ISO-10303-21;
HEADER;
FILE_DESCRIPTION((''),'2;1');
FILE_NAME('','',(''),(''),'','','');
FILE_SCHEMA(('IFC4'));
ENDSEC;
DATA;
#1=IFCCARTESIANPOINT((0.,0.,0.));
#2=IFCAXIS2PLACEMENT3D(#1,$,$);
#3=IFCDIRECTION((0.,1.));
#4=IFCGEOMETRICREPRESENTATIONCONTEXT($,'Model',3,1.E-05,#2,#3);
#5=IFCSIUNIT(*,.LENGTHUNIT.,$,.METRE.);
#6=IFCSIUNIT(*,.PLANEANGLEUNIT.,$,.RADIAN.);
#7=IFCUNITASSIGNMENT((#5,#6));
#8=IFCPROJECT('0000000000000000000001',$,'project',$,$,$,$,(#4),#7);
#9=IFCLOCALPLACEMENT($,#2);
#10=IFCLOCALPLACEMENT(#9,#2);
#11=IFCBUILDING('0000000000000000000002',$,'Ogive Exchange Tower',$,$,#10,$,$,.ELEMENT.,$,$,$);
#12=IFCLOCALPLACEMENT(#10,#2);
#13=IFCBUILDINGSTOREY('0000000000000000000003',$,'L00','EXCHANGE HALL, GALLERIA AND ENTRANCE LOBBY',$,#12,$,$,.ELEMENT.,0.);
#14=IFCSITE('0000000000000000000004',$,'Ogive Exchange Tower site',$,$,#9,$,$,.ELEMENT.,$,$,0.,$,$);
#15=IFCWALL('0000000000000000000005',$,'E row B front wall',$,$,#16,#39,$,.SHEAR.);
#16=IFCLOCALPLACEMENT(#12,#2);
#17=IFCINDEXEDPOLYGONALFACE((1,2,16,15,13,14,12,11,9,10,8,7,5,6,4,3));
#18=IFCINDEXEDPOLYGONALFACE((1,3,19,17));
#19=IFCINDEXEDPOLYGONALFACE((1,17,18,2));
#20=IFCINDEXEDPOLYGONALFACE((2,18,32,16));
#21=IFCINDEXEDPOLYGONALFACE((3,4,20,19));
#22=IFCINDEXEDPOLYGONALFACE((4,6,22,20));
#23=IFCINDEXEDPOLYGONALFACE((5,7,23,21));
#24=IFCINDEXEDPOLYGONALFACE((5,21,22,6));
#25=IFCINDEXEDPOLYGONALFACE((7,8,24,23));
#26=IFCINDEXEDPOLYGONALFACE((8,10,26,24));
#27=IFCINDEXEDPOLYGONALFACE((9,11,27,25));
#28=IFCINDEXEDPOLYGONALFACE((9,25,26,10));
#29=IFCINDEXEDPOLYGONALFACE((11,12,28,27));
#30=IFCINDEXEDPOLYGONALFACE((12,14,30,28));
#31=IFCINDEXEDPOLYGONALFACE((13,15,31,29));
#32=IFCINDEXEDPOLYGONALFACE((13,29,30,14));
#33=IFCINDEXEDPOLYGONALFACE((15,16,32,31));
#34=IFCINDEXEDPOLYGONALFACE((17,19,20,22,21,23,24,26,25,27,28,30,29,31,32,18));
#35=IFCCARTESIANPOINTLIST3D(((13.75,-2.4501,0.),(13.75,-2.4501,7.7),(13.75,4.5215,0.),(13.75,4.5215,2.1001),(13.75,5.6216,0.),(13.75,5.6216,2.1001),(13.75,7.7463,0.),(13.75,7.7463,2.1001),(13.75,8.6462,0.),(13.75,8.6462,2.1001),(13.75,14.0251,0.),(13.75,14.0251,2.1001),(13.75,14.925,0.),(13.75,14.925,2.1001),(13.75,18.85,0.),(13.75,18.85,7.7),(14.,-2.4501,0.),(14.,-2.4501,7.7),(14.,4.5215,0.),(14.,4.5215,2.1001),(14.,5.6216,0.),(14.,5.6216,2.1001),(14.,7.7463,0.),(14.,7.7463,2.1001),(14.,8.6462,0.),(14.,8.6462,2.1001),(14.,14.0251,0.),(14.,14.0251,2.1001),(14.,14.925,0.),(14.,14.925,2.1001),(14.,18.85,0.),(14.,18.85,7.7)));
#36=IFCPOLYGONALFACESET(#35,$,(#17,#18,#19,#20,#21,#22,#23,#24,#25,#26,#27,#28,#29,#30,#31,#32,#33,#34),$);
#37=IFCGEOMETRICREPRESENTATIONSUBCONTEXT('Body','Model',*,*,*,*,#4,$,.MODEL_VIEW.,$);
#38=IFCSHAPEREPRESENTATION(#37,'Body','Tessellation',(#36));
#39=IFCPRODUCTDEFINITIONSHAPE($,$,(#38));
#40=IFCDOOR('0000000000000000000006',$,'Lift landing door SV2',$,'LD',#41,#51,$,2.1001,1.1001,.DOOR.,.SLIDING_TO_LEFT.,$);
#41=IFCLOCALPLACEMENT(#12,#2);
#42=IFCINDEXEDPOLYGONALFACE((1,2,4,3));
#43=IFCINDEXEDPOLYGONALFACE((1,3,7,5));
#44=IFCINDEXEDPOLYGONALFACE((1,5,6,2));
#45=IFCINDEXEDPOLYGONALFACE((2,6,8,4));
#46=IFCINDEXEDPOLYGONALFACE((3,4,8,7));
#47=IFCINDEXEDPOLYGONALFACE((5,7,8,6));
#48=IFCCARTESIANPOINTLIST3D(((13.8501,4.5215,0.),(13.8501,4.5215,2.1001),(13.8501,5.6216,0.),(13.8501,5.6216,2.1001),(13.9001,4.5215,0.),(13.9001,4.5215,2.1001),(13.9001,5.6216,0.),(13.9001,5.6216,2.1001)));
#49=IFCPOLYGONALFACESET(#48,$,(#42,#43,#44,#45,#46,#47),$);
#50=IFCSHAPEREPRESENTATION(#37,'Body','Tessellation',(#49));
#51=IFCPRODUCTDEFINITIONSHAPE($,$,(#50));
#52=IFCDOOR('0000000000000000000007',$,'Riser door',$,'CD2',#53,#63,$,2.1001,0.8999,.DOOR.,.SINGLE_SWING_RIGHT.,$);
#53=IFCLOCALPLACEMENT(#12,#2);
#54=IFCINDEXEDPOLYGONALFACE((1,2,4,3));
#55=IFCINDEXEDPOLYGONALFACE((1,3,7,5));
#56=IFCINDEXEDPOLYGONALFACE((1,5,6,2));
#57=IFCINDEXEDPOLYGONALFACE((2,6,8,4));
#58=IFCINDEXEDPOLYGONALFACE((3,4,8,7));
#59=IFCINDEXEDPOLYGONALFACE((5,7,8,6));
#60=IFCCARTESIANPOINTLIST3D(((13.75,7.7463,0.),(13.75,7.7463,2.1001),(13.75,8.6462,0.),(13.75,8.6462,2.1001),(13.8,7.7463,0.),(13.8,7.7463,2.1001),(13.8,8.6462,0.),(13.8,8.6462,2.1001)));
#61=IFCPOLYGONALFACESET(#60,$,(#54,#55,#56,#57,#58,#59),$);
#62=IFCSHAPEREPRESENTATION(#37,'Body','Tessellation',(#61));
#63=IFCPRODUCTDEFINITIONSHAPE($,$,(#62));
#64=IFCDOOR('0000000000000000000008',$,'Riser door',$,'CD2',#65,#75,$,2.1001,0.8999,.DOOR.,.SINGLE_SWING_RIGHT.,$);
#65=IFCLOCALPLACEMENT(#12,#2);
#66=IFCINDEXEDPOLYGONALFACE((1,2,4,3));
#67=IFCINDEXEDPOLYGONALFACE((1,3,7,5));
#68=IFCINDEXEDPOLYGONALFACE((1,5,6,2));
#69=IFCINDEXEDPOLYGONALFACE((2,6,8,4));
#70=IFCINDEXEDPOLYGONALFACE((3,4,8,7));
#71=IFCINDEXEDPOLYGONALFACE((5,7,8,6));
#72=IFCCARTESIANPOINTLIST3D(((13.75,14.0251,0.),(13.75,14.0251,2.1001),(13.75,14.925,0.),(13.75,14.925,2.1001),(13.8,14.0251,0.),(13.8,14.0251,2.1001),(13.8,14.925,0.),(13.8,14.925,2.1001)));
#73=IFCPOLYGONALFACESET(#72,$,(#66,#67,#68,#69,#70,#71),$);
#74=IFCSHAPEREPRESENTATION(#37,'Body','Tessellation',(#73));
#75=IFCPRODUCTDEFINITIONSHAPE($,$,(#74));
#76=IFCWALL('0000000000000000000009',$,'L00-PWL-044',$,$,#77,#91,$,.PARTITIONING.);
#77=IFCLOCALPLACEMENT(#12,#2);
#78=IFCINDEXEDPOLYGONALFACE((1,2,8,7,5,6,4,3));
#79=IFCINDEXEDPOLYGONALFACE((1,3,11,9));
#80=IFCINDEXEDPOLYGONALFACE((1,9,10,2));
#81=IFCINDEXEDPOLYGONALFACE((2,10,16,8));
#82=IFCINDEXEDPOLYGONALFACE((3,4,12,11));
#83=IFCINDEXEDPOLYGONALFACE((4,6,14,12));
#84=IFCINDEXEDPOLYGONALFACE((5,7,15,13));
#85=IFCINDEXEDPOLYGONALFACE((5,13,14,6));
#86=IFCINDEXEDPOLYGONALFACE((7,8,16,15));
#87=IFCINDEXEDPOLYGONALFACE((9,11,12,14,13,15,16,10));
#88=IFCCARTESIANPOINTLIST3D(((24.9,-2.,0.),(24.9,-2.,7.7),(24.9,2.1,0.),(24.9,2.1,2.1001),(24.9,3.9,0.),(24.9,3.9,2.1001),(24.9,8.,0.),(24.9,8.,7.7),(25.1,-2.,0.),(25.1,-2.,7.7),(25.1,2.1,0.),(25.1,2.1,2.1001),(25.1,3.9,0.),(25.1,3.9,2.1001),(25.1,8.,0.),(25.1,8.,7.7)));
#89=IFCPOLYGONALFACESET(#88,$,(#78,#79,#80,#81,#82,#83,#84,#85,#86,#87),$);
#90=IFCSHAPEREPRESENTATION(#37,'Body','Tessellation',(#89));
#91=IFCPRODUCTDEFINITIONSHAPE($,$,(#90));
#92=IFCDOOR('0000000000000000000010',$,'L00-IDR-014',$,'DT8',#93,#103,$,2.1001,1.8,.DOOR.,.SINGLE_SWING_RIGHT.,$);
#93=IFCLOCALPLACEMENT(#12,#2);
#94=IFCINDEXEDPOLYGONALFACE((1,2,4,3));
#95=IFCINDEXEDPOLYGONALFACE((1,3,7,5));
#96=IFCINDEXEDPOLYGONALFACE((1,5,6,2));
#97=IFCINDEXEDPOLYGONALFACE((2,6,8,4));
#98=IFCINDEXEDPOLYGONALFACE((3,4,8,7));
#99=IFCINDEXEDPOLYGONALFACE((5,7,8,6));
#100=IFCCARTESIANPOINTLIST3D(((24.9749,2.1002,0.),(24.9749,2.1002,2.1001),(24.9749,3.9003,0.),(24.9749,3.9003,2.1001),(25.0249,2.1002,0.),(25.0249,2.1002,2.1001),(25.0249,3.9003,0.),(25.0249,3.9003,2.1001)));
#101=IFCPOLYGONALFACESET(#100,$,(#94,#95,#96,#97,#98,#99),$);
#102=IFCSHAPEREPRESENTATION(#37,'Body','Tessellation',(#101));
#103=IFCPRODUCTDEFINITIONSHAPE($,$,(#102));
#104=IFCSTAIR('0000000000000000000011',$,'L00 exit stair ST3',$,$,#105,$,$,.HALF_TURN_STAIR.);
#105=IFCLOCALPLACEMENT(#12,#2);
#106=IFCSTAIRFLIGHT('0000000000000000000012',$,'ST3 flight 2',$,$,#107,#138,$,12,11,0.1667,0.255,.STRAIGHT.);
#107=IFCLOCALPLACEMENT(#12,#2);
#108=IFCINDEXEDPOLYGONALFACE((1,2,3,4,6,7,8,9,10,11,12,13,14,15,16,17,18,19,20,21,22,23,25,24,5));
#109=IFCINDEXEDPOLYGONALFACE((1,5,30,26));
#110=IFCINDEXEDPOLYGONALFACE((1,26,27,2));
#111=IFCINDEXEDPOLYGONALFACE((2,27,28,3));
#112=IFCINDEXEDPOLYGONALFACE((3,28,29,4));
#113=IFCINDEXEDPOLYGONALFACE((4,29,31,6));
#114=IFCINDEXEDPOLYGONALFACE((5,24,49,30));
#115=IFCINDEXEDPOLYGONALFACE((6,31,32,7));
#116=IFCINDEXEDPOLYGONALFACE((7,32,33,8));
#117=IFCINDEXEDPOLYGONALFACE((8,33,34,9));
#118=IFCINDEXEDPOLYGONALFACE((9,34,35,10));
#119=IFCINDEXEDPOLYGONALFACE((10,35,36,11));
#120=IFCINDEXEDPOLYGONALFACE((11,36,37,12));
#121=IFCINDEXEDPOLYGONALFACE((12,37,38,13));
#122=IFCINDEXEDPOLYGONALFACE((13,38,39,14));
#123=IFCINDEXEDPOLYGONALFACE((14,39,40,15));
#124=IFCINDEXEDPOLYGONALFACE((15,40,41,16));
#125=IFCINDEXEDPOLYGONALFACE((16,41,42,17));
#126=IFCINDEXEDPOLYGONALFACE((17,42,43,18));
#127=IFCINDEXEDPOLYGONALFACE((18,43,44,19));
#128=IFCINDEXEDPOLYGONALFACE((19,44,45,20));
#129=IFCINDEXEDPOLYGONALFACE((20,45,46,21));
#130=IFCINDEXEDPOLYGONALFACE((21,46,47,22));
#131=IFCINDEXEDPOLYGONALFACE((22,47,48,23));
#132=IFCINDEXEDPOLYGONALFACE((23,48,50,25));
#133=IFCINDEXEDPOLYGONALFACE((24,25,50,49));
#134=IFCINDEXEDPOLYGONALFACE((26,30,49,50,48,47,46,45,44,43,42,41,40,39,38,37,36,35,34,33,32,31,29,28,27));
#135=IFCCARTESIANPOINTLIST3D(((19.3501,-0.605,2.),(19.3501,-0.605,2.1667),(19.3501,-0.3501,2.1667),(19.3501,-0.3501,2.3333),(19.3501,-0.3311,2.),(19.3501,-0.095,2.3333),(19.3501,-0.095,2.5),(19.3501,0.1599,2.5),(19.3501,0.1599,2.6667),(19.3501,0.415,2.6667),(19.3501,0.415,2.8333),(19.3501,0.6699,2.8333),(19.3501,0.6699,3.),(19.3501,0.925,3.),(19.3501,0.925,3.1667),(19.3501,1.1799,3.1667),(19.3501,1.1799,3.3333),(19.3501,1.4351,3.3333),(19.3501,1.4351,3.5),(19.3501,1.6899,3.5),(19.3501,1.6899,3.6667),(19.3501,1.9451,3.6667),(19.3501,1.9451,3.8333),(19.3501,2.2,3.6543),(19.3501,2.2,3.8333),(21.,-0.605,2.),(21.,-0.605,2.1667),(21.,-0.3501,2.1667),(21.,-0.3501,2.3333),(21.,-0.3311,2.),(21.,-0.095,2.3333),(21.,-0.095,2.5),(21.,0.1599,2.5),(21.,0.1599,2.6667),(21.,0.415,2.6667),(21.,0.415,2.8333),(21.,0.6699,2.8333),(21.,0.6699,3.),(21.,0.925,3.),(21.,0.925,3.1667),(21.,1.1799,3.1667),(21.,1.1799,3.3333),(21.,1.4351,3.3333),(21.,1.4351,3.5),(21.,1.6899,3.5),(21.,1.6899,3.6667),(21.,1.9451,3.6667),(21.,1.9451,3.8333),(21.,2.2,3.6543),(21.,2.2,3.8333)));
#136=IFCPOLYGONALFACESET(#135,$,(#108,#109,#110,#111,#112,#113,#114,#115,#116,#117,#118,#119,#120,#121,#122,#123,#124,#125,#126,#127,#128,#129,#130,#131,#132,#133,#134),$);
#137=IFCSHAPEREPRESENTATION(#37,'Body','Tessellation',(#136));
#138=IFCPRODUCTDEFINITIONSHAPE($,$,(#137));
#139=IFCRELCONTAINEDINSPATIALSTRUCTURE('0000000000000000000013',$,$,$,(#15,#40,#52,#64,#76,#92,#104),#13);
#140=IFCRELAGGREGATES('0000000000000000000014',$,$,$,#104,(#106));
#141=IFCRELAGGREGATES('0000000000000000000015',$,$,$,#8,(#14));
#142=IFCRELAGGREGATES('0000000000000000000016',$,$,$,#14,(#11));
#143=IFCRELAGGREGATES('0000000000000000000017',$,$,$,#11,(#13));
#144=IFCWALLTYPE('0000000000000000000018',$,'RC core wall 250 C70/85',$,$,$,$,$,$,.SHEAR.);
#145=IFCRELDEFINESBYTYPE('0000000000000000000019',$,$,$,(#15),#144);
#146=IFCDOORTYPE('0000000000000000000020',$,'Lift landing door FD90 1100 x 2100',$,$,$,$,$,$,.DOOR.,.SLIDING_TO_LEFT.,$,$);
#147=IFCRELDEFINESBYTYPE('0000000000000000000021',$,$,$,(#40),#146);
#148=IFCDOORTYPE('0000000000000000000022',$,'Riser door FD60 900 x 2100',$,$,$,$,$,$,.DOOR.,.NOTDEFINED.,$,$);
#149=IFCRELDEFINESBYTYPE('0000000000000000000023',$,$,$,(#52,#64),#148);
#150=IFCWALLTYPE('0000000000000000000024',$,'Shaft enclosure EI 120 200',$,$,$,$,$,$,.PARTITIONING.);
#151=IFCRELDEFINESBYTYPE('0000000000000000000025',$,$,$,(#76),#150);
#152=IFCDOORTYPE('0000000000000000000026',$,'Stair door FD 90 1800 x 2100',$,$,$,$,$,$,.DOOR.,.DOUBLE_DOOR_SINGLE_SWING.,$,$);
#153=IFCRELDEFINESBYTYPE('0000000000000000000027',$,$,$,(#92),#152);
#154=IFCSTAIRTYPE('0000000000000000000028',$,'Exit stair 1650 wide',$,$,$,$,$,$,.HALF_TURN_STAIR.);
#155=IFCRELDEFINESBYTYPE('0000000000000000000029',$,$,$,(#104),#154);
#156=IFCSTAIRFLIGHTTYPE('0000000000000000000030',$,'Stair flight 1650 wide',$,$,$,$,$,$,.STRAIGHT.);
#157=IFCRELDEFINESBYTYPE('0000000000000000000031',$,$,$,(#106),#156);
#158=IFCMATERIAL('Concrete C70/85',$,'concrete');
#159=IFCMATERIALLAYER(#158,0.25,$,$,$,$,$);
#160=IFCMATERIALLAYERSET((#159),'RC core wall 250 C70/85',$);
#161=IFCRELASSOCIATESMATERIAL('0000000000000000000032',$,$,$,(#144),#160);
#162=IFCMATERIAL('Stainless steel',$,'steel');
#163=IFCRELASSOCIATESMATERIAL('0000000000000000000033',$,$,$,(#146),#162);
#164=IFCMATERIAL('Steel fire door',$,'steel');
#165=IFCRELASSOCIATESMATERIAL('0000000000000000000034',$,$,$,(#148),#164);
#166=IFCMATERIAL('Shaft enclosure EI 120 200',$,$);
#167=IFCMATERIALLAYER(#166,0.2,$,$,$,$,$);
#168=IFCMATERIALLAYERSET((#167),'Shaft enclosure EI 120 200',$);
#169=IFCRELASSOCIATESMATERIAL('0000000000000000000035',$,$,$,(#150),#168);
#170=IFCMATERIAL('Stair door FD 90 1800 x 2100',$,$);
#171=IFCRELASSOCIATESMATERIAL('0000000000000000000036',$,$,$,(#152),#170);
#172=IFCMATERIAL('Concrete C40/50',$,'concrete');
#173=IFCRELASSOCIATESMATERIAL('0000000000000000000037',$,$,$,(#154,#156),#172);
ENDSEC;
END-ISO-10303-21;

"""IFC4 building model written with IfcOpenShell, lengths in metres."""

from ifc_helpers import new_model, si_unit, direction, frame, frame_2d, origin, place, context, subcontext, project, spatial, polyline, rectangle, outline, extrude, material, layer, layer_set, type_object, element, fill, aggregate, save


model = new_model("IFC4")

# Units and contexts
model_context = context("Model", 3, precision=1e-05, world=origin(), true_north=direction((0.0, 1.0)))
body_context = subcontext(model_context, "Body", "Model", "MODEL_VIEW")
ifc_project = project(units=[si_unit("LENGTHUNIT", "METRE"), si_unit("PLANEANGLEUNIT", "RADIAN")], contexts=[model_context])

# Site, building, storey
site_placement = place(None, origin())
site = spatial("IfcSite", under=ifc_project, at=site_placement, Name="Ogive Exchange Tower site", CompositionType="ELEMENT", RefElevation=0.0)
building_placement = place(site_placement, origin())
building = spatial("IfcBuilding", under=site, at=building_placement, Name="Ogive Exchange Tower", CompositionType="ELEMENT")
storey_placement = place(building_placement, origin())
storey = spatial("IfcBuildingStorey", under=building, at=storey_placement, Name="L00", Description="EXCHANGE HALL, GALLERIA AND ENTRANCE LOBBY", CompositionType="ELEMENT", Elevation=0.0)

# Shared definitions
ifc_material_1 = material(Name="Concrete C70/85", Category="concrete")
ifc_material_2 = material(Name="Steel fire door", Category="steel")

# Shared definitions
ifc_layer_1 = layer(ifc_material_1, 0.25)
ifc_layer_set_1 = layer_set([ifc_layer_1], Name="RC core wall 250 C70/85")
wall_type_1 = type_object("IfcWallType", Name="RC core wall 250 C70/85", PredefinedType="SHEAR", material=ifc_layer_set_1)

# Wall, openings, doors
wall_1_placement = place(storey_placement, frame((13.875, -2.45, 0.0), z_axis=(0.0, 0.0, 1.0), x_axis=(0.0, 1.0, 0.0)))
wall_1 = element("IfcWall", 1, at=wall_1_placement, inside=storey, type_object=wall_type_1, Name="E row B front wall", PredefinedType="SHEAR", context=body_context, shape_type="SweptSolid", body=[
    extrude(rectangle(XDim=21.3, YDim=0.25, at=frame_2d((10.6499, 0.0))), origin(), (0.0, 0.0, 1.0), 7.7),
])
opening_1_placement = place(wall_1_placement, frame((10.1963, 0.0, 0.0)))
opening_1 = element("IfcOpeningElement", 2, at=opening_1_placement, cuts=wall_1, PredefinedType="OPENING", context=body_context, shape_type="SweptSolid", body=[
    extrude(rectangle(XDim=0.8999, YDim=2.1001, at=frame_2d((0.45, 1.05))), frame((0.0, 0.135, 0.0), z_axis=(0.0, -1.0, 0.0), x_axis=(1.0, 0.0, 0.0)), (0.0, 0.0, 1.0), 0.27),
])
opening_2_placement = place(wall_1_placement, frame((16.4751, 0.0, 0.0)))
opening_2 = element("IfcOpeningElement", 3, at=opening_2_placement, cuts=wall_1, PredefinedType="OPENING", context=body_context, shape_type="SweptSolid", body=[
    extrude(rectangle(XDim=0.8999, YDim=2.1001, at=frame_2d((0.45, 1.05))), frame((0.0, 0.135, 0.0), z_axis=(0.0, -1.0, 0.0), x_axis=(1.0, 0.0, 0.0)), (0.0, 0.0, 1.0), 0.27),
])
opening_3_placement = place(wall_1_placement, frame((6.9714, 0.0, 0.0)))
opening_3 = element("IfcOpeningElement", 4, at=opening_3_placement, cuts=wall_1, PredefinedType="OPENING", context=body_context, shape_type="SweptSolid", body=[
    extrude(rectangle(XDim=1.1001, YDim=2.1001, at=frame_2d((0.55, 1.05))), frame((0.0, 0.135, 0.0), z_axis=(0.0, -1.0, 0.0), x_axis=(1.0, 0.0, 0.0)), (0.0, 0.0, 1.0), 0.27),
])
ifc_material_3 = material(Name="Stainless steel", Category="steel")
door_type_1 = type_object("IfcDoorType", Name="Lift landing door FD90 1100 x 2100", OperationType="SLIDING_TO_LEFT", PredefinedType="DOOR", material=ifc_material_3)
door_1_placement = place(opening_3_placement, origin())
door_1 = element("IfcDoor", 5, at=door_1_placement, inside=storey, type_object=door_type_1, Name="Lift landing door SV2", ObjectType="LD", OperationType="SLIDING_TO_LEFT", OverallHeight=2.1001, OverallWidth=1.1001, PredefinedType="DOOR", context=body_context, shape_type="SweptSolid", body=[
    extrude(rectangle(XDim=1.1001, YDim=2.1001, at=frame_2d((0.55, 1.05))), frame((0.0, 0.0249, 0.0), z_axis=(0.0, -1.0, 0.0), x_axis=(1.0, 0.0, 0.0)), (0.0, 0.0, 1.0), 0.05),
])
fill(opening_3, door_1)
door_type_2 = type_object("IfcDoorType", Name="Riser door FD60 900 x 2100", OperationType="NOTDEFINED", PredefinedType="DOOR", material=ifc_material_2)
door_2_placement = place(opening_1_placement, origin())
door_2 = element("IfcDoor", 6, at=door_2_placement, inside=storey, type_object=door_type_2, Name="Riser door", ObjectType="CD2", OperationType="SINGLE_SWING_RIGHT", OverallHeight=2.1001, OverallWidth=0.8999, PredefinedType="DOOR", context=body_context, shape_type="SweptSolid", body=[
    extrude(rectangle(XDim=0.8999, YDim=2.1001, at=frame_2d((0.45, 1.05))), frame((0.0, 0.125, 0.0), z_axis=(0.0, -1.0, 0.0), x_axis=(1.0, 0.0, 0.0)), (0.0, 0.0, 1.0), 0.05),
])
fill(opening_1, door_2)
door_3_placement = place(opening_2_placement, origin())
door_3 = element("IfcDoor", 7, at=door_3_placement, inside=storey, type_object=door_type_2, Name="Riser door", ObjectType="CD2", OperationType="SINGLE_SWING_RIGHT", OverallHeight=2.1001, OverallWidth=0.8999, PredefinedType="DOOR", context=body_context, shape_type="SweptSolid", body=[
    extrude(rectangle(XDim=0.8999, YDim=2.1001, at=frame_2d((0.45, 1.05))), frame((0.0, 0.125, 0.0), z_axis=(0.0, -1.0, 0.0), x_axis=(1.0, 0.0, 0.0)), (0.0, 0.0, 1.0), 0.05),
])
fill(opening_2, door_3)

# Wall, opening, door
ifc_material_4 = material(Name="Shaft enclosure EI 120 200")
ifc_layer_2 = layer(ifc_material_4, 0.2)
ifc_layer_set_2 = layer_set([ifc_layer_2], Name="Shaft enclosure EI 120 200")
wall_type_2 = type_object("IfcWallType", Name="Shaft enclosure EI 120 200", PredefinedType="PARTITIONING", material=ifc_layer_set_2)
wall_2_placement = place(storey_placement, frame((25.0, -2.0, 0.0), z_axis=(0.0, 0.0, 1.0), x_axis=(0.0, 1.0, 0.0)))
wall_2 = element("IfcWall", 8, at=wall_2_placement, inside=storey, type_object=wall_type_2, Name="L00-PWL-044", PredefinedType="PARTITIONING", context=body_context, shape_type="SweptSolid", body=[
    extrude(rectangle(XDim=10.0, YDim=0.2, at=frame_2d((5.0, 0.0))), origin(), (0.0, 0.0, 1.0), 7.7),
])
opening_4_placement = place(wall_2_placement, frame((4.1001, 0.0, 0.0)))
opening_4 = element("IfcOpeningElement", 9, at=opening_4_placement, cuts=wall_2, PredefinedType="OPENING", context=body_context, shape_type="SweptSolid", body=[
    extrude(rectangle(XDim=1.8, YDim=2.1001, at=frame_2d((0.8999, 1.05))), frame((0.0, 0.1099, 0.0), z_axis=(0.0, -1.0, 0.0), x_axis=(1.0, 0.0, 0.0)), (0.0, 0.0, 1.0), 0.22),
])
ifc_material_5 = material(Name="Stair door FD 90 1800 x 2100")
door_type_3 = type_object("IfcDoorType", Name="Stair door FD 90 1800 x 2100", OperationType="DOUBLE_DOOR_SINGLE_SWING", PredefinedType="DOOR", material=ifc_material_5)
door_4_placement = place(opening_4_placement, frame((1.8, 0.0, 0.0), z_axis=(0.0, 0.0, 1.0), x_axis=(-1.0, 0.0, 0.0)))
door_4 = element("IfcDoor", 10, at=door_4_placement, inside=storey, type_object=door_type_3, Name="L00-IDR-014", ObjectType="DT8", OperationType="SINGLE_SWING_RIGHT", OverallHeight=2.1001, OverallWidth=1.8, PredefinedType="DOOR", context=body_context, shape_type="SweptSolid", body=[
    extrude(rectangle(XDim=1.8, YDim=2.1001, at=frame_2d((0.8999, 1.05))), frame((0.0, 0.0249, 0.0), z_axis=(0.0, -1.0, 0.0), x_axis=(1.0, 0.0, 0.0)), (0.0, 0.0, 1.0), 0.05),
])
fill(opening_4, door_4)

# Stair, stair flight
ifc_material_6 = material(Name="Concrete C40/50", Category="concrete")
stair_type = type_object("IfcStairType", Name="Exit stair 1650 wide", PredefinedType="HALF_TURN_STAIR", material=ifc_material_6)
stair_placement = place(storey_placement, origin())
stair = element("IfcStair", 11, at=stair_placement, inside=storey, type_object=stair_type, Name="L00 exit stair ST3", PredefinedType="HALF_TURN_STAIR")
stair_flight_type = type_object("IfcStairFlightType", Name="Stair flight 1650 wide", PredefinedType="STRAIGHT", material=ifc_material_6)
stair_flight_1_placement = place(storey_placement, frame((20.175, -0.605, 2.0), z_axis=(0.0, 0.0, 1.0), x_axis=(0.0, 1.0, 0.0)))
stair_flight_1 = element("IfcStairFlight", 12, at=stair_flight_1_placement, type_object=stair_flight_type, Name="ST3 flight 2", NumberOfRisers=12, NumberOfTreads=11, PredefinedType="STRAIGHT", RiserHeight=0.1667, TreadLength=0.255, context=body_context, shape_type="SweptSolid", body=[
    extrude(outline(polyline([(0.0, 0.0), (0.0, 0.1667), (0.2549, 0.1667), (0.2549, 0.3333), (0.51, 0.3333), (0.51, 0.5), (0.7649, 0.5), (0.7649, 0.6667), (1.02, 0.6667), (1.02, 0.8333), (1.2749, 0.8333), (1.2749, 1.0), (1.53, 1.0), (1.53, 1.1667), (1.7849, 1.1667), (1.7849, 1.3333), (2.04, 1.3333), (2.04, 1.5), (2.2949, 1.5), (2.2949, 1.6667), (2.55, 1.6667), (2.55, 1.8333), (2.8049, 1.8333), (2.8049, 2.0), (2.8049, 1.6543), (0.2739, 0.0), (0.0, 0.0)])), frame((0.0, 0.825, 0.0), z_axis=(0.0, -1.0, 0.0), x_axis=(1.0, 0.0, 0.0)), (0.0, 0.0, 1.0), 1.6499),
])
aggregate(stair, [stair_flight_1])

save(model, "model.ifc")
